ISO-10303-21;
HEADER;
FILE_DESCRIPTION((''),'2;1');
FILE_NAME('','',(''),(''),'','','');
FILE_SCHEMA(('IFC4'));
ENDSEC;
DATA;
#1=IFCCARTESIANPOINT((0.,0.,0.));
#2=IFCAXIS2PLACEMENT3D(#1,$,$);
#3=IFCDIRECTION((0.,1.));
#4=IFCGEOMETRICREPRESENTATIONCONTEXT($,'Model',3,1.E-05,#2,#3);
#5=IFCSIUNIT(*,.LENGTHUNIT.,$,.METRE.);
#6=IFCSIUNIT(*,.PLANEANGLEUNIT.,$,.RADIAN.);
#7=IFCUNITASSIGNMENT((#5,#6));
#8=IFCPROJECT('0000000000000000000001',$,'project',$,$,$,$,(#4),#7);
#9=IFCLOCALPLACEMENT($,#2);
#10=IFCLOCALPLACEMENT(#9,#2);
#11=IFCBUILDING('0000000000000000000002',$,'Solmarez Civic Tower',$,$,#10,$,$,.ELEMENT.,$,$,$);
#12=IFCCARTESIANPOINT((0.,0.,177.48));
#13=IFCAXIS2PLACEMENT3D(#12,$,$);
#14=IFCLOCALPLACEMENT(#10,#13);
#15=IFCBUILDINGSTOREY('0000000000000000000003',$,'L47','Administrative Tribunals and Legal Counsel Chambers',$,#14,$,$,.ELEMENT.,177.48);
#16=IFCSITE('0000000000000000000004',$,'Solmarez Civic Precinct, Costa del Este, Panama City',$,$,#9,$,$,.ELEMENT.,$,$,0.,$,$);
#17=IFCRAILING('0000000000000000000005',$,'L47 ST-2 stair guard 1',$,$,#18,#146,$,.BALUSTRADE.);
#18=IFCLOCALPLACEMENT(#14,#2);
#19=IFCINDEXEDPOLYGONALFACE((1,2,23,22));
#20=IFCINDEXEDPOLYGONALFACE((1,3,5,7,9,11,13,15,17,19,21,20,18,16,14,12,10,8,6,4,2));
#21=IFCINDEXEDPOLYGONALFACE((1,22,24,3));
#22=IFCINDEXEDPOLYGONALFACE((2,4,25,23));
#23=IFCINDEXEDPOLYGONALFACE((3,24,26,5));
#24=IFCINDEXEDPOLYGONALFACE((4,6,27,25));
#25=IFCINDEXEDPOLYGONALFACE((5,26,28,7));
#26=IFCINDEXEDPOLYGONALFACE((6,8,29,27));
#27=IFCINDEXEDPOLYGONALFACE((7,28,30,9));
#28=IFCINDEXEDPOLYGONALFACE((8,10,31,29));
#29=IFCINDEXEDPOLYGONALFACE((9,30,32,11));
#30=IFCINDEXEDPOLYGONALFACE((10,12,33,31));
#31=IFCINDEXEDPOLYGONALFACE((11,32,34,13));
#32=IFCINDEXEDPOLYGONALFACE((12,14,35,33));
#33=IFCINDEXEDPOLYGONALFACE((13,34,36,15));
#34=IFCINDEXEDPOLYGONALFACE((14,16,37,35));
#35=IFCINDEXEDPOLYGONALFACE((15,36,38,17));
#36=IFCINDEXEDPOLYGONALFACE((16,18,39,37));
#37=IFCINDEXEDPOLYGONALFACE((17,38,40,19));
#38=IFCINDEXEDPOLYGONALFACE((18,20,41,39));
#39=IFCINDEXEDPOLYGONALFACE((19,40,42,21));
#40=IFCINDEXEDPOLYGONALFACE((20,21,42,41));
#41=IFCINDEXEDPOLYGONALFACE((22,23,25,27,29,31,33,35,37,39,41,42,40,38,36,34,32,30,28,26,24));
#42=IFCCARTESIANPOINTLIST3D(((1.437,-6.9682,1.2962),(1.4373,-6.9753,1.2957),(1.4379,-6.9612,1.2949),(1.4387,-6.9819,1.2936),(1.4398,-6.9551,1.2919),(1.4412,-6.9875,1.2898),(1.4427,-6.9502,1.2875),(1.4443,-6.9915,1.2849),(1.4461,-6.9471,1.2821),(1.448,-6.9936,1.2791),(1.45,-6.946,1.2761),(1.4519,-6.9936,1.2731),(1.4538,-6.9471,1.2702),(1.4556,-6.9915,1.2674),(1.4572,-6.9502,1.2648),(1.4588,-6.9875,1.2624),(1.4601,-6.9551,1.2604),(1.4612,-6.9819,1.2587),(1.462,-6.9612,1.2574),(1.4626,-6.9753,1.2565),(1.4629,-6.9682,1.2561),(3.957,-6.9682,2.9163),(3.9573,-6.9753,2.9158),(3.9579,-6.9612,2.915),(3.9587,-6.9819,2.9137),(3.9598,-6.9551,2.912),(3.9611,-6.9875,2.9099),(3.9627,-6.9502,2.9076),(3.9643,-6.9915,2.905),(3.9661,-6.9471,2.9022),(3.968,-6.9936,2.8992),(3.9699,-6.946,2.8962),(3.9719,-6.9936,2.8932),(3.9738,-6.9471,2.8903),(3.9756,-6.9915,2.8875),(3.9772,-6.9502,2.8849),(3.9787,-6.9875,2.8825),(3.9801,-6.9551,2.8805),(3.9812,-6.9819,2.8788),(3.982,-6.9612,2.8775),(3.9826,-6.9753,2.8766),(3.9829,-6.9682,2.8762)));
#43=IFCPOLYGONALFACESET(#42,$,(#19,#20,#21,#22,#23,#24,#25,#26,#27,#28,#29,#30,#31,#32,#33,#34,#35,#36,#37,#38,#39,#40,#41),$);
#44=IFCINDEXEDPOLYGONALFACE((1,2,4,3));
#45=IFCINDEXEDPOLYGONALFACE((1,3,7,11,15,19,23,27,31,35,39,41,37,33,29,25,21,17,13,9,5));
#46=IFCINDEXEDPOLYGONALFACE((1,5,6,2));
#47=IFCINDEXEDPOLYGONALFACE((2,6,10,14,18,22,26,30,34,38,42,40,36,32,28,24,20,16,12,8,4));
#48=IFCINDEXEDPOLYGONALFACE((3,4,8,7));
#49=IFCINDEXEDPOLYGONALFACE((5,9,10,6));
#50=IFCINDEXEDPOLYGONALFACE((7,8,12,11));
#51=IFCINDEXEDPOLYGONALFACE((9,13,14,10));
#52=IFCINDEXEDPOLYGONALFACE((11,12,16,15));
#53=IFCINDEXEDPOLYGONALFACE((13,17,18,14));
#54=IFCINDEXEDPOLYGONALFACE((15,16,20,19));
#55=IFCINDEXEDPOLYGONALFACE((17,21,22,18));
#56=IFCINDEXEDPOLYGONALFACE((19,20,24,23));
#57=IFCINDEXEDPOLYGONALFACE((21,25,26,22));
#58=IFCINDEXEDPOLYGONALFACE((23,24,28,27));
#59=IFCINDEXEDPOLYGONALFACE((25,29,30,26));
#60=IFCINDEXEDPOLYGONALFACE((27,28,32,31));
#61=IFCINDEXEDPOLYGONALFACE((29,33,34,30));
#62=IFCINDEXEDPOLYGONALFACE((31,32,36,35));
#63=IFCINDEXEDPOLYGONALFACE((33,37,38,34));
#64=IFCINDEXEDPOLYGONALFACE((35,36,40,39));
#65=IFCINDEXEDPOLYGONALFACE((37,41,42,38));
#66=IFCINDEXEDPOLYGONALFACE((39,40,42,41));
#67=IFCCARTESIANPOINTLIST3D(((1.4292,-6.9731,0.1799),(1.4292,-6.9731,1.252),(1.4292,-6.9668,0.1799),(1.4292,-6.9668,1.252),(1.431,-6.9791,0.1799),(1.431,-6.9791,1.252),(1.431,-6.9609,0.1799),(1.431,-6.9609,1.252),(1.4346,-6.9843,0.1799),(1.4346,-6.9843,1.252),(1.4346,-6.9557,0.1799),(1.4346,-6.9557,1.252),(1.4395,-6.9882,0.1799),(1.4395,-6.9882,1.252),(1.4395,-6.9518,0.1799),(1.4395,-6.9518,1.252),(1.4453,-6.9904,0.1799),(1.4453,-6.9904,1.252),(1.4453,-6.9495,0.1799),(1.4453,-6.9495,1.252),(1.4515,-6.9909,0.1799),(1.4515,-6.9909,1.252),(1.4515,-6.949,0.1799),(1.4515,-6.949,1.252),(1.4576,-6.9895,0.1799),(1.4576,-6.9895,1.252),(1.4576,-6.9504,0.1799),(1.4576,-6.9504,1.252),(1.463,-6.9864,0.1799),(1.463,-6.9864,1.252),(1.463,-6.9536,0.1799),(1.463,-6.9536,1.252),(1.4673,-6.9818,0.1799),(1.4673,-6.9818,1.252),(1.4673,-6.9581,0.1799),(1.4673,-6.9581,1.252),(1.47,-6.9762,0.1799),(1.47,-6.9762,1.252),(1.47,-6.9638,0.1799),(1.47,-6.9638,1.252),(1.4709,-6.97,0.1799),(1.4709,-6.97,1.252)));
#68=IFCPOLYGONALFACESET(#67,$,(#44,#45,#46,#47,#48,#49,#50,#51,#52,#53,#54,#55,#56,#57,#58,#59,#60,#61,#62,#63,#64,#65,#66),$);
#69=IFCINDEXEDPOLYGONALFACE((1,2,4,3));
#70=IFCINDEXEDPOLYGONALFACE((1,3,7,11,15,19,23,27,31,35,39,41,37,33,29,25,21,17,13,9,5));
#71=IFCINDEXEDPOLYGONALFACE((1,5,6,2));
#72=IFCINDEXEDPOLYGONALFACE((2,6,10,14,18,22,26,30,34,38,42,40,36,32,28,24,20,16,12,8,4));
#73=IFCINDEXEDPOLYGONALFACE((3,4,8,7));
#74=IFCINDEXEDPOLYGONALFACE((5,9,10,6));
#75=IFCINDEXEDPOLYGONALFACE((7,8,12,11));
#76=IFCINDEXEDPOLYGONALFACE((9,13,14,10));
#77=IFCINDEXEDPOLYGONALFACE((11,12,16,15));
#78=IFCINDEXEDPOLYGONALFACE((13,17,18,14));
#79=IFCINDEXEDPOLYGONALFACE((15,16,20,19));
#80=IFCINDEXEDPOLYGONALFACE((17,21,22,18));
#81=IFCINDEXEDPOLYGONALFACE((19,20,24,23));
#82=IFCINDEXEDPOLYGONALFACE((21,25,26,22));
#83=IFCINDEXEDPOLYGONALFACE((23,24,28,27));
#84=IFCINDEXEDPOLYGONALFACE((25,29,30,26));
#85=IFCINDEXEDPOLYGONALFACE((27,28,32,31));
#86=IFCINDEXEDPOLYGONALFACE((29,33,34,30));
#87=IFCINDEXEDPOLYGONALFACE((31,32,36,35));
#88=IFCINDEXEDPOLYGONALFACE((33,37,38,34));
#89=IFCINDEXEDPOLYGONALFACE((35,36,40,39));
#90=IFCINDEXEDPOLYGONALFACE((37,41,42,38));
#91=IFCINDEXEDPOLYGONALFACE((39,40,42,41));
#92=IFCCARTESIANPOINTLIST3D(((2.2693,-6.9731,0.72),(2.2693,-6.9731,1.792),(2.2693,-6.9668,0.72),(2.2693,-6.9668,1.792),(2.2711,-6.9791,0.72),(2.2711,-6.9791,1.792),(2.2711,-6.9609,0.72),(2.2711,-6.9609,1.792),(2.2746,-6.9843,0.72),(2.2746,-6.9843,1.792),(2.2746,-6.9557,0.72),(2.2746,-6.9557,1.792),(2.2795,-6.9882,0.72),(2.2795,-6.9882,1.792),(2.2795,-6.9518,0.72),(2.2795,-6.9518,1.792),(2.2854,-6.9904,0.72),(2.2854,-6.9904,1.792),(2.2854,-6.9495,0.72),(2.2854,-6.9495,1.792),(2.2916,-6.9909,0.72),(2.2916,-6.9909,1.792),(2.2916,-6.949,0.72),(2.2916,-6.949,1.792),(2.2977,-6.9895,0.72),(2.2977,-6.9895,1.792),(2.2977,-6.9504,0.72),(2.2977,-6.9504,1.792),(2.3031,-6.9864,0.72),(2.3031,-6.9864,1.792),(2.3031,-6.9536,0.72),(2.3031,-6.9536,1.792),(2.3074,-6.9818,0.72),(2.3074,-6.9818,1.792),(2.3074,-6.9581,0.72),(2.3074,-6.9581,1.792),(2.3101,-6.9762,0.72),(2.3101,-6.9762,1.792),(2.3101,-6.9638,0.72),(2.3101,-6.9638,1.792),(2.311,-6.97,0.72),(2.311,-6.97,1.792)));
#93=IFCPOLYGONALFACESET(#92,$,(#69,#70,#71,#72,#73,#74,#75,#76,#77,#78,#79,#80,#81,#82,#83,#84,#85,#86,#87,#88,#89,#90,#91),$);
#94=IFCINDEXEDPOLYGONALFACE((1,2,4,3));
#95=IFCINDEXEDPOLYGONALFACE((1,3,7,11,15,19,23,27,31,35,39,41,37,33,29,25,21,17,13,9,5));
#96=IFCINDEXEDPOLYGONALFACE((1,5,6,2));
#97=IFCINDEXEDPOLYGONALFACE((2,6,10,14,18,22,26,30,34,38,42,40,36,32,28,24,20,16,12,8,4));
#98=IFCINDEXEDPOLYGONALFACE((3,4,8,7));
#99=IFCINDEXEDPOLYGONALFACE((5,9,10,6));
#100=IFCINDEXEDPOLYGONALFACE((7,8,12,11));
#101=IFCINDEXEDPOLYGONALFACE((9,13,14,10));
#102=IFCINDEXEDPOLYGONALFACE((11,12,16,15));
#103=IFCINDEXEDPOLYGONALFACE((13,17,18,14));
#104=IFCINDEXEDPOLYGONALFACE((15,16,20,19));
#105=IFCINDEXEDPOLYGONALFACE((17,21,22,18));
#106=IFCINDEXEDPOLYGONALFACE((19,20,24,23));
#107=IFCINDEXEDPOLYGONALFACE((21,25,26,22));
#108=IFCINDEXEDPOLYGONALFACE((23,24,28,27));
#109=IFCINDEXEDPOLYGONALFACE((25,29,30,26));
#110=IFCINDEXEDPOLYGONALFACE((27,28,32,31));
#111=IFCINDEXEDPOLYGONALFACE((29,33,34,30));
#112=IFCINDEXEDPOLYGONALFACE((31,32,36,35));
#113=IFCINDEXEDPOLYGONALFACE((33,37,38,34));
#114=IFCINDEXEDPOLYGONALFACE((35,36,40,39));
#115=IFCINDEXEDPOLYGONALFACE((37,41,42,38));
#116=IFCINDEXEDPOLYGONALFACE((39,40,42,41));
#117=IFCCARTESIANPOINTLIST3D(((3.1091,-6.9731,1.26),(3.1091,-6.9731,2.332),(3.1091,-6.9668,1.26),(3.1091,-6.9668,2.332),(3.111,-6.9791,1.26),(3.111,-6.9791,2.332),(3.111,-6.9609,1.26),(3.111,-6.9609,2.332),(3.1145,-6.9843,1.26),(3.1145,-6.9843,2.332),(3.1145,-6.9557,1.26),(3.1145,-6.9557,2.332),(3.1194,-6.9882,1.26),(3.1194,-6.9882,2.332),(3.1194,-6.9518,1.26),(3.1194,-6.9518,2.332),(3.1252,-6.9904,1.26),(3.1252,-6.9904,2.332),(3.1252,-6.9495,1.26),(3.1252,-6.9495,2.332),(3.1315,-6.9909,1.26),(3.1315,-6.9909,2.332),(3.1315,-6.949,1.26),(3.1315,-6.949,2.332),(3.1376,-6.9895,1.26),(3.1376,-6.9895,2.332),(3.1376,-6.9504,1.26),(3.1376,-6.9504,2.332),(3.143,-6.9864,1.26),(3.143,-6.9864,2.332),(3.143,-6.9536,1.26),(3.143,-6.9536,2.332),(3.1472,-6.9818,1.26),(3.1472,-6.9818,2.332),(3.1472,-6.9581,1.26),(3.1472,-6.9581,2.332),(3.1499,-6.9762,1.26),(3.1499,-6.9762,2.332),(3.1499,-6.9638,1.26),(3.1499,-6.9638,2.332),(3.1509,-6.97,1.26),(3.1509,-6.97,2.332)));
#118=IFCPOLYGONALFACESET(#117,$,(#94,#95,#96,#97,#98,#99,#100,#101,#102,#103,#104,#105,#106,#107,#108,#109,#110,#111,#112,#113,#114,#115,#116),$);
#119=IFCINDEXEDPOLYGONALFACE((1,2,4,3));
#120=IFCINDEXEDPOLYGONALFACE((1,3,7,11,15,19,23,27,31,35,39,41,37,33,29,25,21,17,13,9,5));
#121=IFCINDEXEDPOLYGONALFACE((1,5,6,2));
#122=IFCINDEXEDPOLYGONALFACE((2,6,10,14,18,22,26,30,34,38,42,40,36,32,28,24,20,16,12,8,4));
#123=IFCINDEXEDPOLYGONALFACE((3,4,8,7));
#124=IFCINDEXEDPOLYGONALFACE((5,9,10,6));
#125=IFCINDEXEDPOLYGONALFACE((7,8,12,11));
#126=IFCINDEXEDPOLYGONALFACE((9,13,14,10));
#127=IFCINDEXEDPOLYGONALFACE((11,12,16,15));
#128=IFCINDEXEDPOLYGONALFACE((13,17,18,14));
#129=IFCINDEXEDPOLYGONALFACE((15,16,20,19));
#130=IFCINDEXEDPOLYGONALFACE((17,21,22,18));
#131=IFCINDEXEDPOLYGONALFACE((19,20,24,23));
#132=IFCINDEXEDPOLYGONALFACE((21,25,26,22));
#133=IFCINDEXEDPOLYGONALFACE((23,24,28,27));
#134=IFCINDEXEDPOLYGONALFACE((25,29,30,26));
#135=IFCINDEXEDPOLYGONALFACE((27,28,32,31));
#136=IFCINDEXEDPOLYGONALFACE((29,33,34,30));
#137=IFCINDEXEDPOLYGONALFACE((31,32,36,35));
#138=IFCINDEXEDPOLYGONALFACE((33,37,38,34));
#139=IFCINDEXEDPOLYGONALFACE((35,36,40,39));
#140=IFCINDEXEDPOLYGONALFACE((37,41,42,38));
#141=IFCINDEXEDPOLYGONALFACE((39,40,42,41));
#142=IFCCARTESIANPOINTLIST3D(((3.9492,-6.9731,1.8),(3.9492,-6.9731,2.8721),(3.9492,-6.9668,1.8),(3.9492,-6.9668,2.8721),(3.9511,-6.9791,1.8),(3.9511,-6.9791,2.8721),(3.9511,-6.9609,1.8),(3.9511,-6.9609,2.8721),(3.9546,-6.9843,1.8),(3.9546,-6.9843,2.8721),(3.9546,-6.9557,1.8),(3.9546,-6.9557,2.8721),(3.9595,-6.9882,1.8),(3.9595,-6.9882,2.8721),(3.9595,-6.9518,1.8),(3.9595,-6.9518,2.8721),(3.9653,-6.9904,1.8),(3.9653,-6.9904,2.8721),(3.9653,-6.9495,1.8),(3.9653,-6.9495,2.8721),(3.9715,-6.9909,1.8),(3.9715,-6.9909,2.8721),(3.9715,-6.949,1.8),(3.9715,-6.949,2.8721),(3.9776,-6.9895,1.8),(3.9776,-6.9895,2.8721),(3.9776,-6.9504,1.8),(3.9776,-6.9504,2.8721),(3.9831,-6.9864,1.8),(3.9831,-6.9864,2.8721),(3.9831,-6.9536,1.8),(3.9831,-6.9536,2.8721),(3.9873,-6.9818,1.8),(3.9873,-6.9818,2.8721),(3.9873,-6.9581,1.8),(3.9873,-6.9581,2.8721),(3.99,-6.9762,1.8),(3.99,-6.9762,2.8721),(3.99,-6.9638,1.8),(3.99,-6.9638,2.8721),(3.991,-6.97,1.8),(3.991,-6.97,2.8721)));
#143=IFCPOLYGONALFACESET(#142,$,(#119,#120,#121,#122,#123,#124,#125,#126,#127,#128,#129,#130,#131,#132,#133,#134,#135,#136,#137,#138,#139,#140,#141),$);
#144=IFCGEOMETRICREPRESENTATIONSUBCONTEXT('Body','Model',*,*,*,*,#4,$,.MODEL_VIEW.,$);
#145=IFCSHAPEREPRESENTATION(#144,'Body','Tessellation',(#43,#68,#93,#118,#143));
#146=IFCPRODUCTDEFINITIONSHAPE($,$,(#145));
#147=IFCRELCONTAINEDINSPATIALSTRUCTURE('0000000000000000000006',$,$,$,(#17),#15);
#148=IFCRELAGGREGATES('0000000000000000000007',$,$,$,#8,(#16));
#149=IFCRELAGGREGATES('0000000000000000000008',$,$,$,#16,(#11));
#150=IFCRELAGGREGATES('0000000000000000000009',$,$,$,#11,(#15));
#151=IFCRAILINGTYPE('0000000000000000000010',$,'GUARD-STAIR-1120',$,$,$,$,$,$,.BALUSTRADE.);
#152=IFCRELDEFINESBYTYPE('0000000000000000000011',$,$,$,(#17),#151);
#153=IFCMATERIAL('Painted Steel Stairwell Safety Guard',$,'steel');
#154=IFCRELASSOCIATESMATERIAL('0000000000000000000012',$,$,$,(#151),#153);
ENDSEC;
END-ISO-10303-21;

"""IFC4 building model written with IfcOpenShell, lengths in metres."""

from ifc_helpers import new_model, si_unit, direction, frame, origin, origin_2d, place, context, subcontext, project, spatial, circle, extrude, material, type_object, element, save


model = new_model("IFC4")

# Units and contexts
model_context = context("Model", 3, precision=1e-05, world=origin(), true_north=direction((0.0, 1.0)))
body_context = subcontext(model_context, "Body", "Model", "MODEL_VIEW")
ifc_project = project(units=[si_unit("LENGTHUNIT", "METRE"), si_unit("PLANEANGLEUNIT", "RADIAN")], contexts=[model_context])

# Site, building, storey
site_placement = place(None, origin())
site = spatial("IfcSite", under=ifc_project, at=site_placement, Name="Solmarez Civic Precinct, Costa del Este, Panama City", CompositionType="ELEMENT", RefElevation=0.0)
building_placement = place(site_placement, origin())
building = spatial("IfcBuilding", under=site, at=building_placement, Name="Solmarez Civic Tower", CompositionType="ELEMENT")
storey_placement = place(building_placement, frame((0.0, 0.0, 177.48)))
storey = spatial("IfcBuildingStorey", under=building, at=storey_placement, Name="L47", Description="Administrative Tribunals and Legal Counsel Chambers", CompositionType="ELEMENT", Elevation=177.48)

# Railing
ifc_material_1 = material(Name="Painted Steel Stairwell Safety Guard", Category="steel")
railing_type_1 = type_object("IfcRailingType", Name="GUARD-STAIR-1120", PredefinedType="BALUSTRADE", material=ifc_material_1)
railing_1_placement = place(storey_placement, frame((1.45, -6.97, 0.1799)))
element("IfcRailing", 1, at=railing_1_placement, inside=storey, type_object=railing_type_1, Name="L47 ST-2 stair guard 1", PredefinedType="BALUSTRADE", context=body_context, shape_type="SweptSolid", body=[
    extrude(circle(Radius=0.0239, at=origin_2d()), frame((0.0, 0.0, 1.0962), z_axis=(0.841163, 0.0, 0.540782), x_axis=(0.0, 1.0, 0.0)), (0.0, 0.0, 1.0), 2.9958),
    extrude(circle(Radius=0.021, at=origin_2d()), origin(), (0.0, 0.0, 1.0), 1.072),
    extrude(circle(Radius=0.021, at=origin_2d()), frame((0.8401, 0.0, 0.54)), (0.0, 0.0, 1.0), 1.072),
    extrude(circle(Radius=0.021, at=origin_2d()), frame((1.6799, 0.0, 1.0801)), (0.0, 0.0, 1.0), 1.072),
    extrude(circle(Radius=0.021, at=origin_2d()), frame((2.52, 0.0, 1.6201)), (0.0, 0.0, 1.0), 1.072),
])

save(model, "model.ifc")
